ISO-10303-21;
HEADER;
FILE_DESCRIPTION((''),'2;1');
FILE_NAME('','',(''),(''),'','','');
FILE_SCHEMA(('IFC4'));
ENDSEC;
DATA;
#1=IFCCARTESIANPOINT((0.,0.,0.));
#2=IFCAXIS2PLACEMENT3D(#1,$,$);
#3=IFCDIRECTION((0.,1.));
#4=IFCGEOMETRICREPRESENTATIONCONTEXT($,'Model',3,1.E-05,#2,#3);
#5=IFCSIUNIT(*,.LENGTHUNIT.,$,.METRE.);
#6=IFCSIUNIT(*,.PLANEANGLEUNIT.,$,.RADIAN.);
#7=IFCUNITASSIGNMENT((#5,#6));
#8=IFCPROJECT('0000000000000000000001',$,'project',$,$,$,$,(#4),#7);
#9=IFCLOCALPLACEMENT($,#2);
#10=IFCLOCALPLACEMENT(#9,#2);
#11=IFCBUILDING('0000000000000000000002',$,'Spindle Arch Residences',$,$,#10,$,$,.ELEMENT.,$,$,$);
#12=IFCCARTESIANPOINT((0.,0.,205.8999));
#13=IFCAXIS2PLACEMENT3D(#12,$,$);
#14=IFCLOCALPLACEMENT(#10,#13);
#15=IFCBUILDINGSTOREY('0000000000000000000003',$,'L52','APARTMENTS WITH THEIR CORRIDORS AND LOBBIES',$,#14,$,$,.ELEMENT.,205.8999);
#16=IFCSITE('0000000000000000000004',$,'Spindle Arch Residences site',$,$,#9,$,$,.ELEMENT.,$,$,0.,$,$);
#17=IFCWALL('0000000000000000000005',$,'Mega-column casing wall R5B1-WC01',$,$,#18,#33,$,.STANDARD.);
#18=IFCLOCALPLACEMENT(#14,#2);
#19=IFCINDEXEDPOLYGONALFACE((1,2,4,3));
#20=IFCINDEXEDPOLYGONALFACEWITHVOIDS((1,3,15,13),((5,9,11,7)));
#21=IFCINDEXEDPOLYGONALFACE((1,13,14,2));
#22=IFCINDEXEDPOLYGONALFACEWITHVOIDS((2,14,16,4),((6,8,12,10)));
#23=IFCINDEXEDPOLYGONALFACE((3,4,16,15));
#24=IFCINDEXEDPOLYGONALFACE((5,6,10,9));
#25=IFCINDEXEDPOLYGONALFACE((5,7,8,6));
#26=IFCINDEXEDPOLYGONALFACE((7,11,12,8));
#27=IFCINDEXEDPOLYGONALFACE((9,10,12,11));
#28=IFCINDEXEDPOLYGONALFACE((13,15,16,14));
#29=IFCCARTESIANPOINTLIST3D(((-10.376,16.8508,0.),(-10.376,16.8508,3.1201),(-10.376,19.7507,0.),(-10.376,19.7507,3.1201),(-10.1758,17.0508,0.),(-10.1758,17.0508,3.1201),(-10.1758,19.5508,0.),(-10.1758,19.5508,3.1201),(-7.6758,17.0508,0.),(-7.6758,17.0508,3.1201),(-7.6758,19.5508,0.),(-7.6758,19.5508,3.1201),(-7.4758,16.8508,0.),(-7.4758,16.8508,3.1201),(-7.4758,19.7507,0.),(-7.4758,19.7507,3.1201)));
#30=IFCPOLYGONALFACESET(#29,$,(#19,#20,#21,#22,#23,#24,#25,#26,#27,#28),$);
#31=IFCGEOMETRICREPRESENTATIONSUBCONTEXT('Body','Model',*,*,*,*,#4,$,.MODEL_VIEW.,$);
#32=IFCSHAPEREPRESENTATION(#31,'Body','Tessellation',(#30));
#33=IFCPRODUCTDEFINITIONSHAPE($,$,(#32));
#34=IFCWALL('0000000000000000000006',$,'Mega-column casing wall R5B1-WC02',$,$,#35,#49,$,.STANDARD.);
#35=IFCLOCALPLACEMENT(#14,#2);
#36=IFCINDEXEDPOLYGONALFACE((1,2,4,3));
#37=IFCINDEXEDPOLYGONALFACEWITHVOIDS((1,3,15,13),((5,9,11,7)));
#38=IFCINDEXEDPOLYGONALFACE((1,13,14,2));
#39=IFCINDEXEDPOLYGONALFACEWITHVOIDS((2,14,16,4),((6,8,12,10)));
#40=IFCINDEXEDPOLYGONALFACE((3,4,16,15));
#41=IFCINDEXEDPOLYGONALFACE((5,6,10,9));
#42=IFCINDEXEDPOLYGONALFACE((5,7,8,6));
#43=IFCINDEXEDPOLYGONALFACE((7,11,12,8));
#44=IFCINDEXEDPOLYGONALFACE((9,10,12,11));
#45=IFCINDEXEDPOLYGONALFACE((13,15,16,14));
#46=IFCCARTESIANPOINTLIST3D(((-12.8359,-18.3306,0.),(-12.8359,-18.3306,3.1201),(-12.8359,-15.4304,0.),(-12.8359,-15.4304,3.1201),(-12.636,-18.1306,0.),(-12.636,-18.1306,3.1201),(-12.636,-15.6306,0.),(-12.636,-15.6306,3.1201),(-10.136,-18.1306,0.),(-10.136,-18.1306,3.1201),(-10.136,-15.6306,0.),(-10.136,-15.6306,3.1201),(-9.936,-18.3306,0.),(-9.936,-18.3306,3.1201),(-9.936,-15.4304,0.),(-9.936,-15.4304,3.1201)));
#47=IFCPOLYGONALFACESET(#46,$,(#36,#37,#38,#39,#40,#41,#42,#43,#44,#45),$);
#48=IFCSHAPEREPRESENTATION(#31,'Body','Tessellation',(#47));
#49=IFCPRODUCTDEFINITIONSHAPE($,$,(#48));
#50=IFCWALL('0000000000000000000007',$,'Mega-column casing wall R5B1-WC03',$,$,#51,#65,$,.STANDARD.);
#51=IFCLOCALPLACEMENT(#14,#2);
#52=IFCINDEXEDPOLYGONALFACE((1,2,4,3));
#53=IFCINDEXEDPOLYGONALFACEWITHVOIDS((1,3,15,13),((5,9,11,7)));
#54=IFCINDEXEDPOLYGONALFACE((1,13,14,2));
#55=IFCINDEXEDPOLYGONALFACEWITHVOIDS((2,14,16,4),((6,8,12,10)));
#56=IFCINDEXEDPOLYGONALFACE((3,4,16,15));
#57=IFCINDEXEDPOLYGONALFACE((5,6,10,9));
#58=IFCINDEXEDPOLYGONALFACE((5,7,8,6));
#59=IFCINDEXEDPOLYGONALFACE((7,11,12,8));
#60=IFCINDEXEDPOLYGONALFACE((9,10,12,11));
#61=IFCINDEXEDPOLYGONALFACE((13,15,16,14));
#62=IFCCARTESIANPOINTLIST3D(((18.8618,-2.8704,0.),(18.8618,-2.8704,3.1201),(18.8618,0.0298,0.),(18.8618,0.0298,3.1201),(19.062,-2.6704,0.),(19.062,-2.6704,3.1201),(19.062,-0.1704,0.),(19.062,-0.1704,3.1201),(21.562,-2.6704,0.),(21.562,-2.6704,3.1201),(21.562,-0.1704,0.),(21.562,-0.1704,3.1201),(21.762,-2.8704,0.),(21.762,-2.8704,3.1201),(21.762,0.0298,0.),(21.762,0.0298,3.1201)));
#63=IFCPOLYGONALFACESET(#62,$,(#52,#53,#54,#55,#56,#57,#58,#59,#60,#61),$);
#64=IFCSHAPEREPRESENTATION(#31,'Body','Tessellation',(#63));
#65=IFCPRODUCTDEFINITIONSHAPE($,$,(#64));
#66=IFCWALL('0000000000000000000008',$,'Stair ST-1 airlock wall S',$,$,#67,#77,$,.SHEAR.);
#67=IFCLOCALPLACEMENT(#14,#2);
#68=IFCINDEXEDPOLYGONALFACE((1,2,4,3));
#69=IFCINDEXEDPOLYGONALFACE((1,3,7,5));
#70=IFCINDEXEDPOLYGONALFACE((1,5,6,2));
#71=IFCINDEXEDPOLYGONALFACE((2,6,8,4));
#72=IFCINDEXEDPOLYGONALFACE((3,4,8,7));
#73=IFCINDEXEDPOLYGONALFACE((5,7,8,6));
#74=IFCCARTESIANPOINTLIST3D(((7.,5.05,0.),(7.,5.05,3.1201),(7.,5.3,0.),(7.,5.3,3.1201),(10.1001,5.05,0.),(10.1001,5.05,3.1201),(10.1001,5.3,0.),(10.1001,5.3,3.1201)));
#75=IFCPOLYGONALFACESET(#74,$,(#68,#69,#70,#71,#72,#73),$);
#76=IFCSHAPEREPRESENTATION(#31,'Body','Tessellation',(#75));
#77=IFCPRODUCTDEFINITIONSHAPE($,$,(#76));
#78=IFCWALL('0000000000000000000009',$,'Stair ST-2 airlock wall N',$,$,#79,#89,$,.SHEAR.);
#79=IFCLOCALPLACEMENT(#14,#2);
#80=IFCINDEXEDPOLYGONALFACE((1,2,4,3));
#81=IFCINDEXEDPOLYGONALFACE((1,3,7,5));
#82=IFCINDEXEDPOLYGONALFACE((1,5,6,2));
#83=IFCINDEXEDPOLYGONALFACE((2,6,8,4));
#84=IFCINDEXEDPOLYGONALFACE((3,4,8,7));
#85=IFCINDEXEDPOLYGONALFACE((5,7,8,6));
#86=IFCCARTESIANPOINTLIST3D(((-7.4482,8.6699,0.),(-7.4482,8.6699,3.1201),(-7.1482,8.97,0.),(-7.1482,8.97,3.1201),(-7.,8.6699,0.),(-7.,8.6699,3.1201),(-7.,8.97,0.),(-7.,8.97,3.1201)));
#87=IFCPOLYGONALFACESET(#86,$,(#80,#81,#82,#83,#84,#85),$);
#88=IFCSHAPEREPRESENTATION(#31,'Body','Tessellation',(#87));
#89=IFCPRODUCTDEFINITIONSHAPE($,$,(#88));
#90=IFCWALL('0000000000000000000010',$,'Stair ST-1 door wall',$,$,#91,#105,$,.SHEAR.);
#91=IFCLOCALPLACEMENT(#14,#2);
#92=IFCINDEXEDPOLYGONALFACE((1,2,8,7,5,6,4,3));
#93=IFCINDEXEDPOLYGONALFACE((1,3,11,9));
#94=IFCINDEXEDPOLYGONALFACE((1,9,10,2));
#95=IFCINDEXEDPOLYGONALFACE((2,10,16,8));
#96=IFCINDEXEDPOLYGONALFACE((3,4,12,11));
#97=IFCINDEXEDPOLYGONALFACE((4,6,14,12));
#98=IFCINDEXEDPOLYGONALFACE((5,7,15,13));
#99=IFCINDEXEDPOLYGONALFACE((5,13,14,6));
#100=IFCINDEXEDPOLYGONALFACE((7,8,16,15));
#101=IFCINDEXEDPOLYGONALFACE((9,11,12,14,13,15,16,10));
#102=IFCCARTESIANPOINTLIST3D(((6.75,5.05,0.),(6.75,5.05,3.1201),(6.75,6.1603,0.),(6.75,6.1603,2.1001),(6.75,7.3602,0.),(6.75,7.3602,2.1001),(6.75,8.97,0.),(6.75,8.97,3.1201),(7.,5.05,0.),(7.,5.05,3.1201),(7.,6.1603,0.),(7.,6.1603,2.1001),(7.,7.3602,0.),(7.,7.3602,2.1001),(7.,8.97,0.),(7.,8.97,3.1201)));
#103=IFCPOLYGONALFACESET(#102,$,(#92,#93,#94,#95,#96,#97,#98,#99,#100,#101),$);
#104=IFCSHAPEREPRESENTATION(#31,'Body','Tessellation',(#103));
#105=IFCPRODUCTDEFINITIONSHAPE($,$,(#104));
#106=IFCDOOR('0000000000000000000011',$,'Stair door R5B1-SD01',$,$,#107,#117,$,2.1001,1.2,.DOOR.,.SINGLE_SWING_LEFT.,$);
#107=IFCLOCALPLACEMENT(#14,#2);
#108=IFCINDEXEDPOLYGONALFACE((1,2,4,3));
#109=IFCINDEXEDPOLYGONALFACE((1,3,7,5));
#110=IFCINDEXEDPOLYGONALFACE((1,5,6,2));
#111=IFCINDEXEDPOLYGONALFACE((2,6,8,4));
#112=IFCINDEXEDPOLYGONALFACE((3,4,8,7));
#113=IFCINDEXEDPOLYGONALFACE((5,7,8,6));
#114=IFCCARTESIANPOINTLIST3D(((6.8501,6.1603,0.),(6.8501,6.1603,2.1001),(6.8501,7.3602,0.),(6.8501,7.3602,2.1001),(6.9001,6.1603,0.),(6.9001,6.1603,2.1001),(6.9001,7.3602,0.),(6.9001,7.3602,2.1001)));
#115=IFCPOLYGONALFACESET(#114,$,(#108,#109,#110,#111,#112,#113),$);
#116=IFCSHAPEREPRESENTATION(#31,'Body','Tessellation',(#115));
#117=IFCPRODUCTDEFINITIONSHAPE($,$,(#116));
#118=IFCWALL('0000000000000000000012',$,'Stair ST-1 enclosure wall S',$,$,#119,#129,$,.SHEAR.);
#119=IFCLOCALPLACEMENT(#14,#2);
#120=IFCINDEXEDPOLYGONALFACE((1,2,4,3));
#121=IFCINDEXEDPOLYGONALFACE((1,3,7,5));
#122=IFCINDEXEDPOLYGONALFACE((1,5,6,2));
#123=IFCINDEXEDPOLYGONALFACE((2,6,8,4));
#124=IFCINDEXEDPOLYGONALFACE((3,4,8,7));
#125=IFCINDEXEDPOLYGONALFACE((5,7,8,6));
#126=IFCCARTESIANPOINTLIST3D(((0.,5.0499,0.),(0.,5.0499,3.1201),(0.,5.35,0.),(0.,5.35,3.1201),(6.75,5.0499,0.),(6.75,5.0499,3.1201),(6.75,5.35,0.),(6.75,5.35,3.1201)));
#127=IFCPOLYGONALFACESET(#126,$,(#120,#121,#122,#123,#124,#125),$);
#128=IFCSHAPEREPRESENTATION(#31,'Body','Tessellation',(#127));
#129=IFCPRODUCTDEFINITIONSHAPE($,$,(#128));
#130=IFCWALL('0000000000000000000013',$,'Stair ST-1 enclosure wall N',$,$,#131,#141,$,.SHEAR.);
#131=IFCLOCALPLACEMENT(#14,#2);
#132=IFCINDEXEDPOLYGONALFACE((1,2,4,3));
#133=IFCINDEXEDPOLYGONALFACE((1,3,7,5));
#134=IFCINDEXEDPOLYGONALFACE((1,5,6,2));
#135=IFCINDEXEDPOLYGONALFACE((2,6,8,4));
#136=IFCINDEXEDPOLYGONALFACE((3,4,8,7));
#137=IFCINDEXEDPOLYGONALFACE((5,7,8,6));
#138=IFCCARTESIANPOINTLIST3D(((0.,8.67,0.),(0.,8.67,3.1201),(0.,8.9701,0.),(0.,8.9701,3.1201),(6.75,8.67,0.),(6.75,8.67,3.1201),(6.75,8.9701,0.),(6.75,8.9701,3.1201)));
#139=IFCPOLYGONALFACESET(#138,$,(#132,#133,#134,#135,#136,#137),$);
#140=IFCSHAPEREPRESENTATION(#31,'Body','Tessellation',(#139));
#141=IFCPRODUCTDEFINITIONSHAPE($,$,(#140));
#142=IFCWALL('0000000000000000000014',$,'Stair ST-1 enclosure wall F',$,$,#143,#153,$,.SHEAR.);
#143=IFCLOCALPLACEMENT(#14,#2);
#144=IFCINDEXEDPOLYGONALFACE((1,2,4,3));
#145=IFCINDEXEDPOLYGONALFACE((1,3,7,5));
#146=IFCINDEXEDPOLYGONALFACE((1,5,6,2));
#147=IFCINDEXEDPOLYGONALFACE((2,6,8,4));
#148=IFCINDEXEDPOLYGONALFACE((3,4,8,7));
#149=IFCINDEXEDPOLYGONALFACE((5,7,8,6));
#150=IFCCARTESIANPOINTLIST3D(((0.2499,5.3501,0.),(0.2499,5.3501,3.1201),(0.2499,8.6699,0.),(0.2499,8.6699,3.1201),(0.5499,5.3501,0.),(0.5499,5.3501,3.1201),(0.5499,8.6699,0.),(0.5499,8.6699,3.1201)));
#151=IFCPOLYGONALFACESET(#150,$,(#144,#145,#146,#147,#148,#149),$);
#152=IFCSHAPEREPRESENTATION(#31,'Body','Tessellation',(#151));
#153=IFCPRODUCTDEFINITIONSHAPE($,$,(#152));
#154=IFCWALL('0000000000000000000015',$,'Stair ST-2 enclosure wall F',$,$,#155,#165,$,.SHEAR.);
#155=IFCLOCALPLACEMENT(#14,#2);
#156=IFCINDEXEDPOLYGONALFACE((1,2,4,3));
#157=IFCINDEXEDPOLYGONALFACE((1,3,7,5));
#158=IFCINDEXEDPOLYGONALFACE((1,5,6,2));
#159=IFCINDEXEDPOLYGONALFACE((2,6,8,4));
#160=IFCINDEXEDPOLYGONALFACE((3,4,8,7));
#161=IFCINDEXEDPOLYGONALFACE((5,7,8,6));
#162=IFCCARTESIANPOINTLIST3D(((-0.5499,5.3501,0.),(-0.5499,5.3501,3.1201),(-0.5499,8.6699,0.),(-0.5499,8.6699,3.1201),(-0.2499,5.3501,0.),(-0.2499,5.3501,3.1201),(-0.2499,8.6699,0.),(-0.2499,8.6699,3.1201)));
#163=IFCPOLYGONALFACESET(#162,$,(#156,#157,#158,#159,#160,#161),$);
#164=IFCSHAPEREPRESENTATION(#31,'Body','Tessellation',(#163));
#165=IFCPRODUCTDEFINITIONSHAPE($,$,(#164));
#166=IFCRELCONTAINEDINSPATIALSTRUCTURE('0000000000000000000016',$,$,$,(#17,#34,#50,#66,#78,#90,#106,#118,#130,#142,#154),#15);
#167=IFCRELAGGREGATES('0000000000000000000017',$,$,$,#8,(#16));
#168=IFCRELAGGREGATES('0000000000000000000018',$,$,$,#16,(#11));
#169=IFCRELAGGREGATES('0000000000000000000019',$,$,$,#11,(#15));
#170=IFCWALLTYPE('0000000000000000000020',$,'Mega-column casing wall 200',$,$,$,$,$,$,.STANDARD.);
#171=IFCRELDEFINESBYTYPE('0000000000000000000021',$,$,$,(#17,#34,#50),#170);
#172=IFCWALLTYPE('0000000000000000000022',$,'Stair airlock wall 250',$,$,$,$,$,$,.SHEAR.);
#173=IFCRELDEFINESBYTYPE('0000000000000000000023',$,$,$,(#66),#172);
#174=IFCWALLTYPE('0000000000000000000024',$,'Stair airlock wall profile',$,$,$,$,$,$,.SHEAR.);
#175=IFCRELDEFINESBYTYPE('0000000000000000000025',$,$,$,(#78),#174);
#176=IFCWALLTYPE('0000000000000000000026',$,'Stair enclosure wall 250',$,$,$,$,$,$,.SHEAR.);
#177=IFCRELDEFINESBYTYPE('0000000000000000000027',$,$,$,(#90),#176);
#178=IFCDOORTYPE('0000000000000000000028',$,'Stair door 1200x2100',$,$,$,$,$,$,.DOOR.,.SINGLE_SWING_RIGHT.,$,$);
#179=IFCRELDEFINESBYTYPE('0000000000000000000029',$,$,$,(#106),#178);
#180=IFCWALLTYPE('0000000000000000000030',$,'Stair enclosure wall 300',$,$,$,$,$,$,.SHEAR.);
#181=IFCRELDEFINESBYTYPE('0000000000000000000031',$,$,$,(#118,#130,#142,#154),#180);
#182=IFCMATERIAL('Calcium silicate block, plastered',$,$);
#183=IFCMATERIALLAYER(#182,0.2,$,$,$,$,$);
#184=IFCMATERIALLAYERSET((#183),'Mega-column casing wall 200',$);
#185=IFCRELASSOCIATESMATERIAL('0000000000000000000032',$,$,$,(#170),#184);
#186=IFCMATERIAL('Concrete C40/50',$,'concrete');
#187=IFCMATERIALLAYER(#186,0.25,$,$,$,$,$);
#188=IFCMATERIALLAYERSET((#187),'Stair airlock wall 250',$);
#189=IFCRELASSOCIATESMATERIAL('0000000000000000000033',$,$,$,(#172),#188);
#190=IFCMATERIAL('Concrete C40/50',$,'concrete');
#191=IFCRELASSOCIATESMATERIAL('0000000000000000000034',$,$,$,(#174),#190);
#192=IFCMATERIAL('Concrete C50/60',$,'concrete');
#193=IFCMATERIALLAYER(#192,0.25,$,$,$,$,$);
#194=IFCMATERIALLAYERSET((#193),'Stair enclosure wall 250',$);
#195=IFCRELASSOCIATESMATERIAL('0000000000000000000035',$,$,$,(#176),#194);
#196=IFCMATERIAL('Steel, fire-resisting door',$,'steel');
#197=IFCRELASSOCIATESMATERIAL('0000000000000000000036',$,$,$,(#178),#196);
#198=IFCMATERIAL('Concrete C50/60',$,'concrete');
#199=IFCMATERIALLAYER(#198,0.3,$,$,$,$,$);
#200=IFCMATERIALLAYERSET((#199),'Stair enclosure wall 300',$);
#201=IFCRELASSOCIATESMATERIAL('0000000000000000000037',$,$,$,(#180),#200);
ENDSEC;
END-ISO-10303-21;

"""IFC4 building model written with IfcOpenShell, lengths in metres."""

from ifc_helpers import new_model, si_unit, direction, frame, frame_2d, origin, place, context, subcontext, project, spatial, polyline, rectangle, outline, extrude, material, layer, layer_set, type_object, element, fill, save


model = new_model("IFC4")

# Units and contexts
model_context = context("Model", 3, precision=1e-05, world=origin(), true_north=direction((0.0, 1.0)))
body_context = subcontext(model_context, "Body", "Model", "MODEL_VIEW")
ifc_project = project(units=[si_unit("LENGTHUNIT", "METRE"), si_unit("PLANEANGLEUNIT", "RADIAN")], contexts=[model_context])

# Site, building, storey
site_placement = place(None, origin())
site = spatial("IfcSite", under=ifc_project, at=site_placement, Name="Spindle Arch Residences site", CompositionType="ELEMENT", RefElevation=0.0)
building_placement = place(site_placement, origin())
building = spatial("IfcBuilding", under=site, at=building_placement, Name="Spindle Arch Residences", CompositionType="ELEMENT")
storey_placement = place(building_placement, frame((0.0, 0.0, 205.8999)))
storey = spatial("IfcBuildingStorey", under=building, at=storey_placement, Name="L52", Description="APARTMENTS WITH THEIR CORRIDORS AND LOBBIES", CompositionType="ELEMENT", Elevation=205.8999)

# Walls
ifc_material_1 = material(Name="Calcium silicate block, plastered")
ifc_layer_1 = layer(ifc_material_1, 0.2)
ifc_layer_set_1 = layer_set([ifc_layer_1], Name="Mega-column casing wall 200")
wall_type_1 = type_object("IfcWallType", Name="Mega-column casing wall 200", PredefinedType="STANDARD", material=ifc_layer_set_1)
wall_1_placement = place(storey_placement, origin())
element("IfcWall", 1, at=wall_1_placement, inside=storey, type_object=wall_type_1, Name="Mega-column casing wall R5B1-WC01", PredefinedType="STANDARD", context=body_context, shape_type="SweptSolid", body=[
    extrude(outline(polyline([(-7.4758, 19.7507), (-7.4758, 16.8508), (-10.376, 16.8508), (-10.376, 19.7507), (-7.4758, 19.7507)]), holes=[polyline([(-10.1758, 17.0508), (-7.6758, 17.0508), (-7.6758, 19.5508), (-10.1758, 19.5508), (-10.1758, 17.0508)])]), origin(), (0.0, 0.0, 1.0), 3.1201),
])
wall_2_placement = place(storey_placement, origin())
element("IfcWall", 2, at=wall_2_placement, inside=storey, type_object=wall_type_1, Name="Mega-column casing wall R5B1-WC02", PredefinedType="STANDARD", context=body_context, shape_type="SweptSolid", body=[
    extrude(outline(polyline([(-9.936, -15.4304), (-9.936, -18.3306), (-12.8359, -18.3306), (-12.8359, -15.4304), (-9.936, -15.4304)]), holes=[polyline([(-12.636, -18.1306), (-10.136, -18.1306), (-10.136, -15.6306), (-12.636, -15.6306), (-12.636, -18.1306)])]), origin(), (0.0, 0.0, 1.0), 3.1201),
])
wall_3_placement = place(storey_placement, origin())
element("IfcWall", 3, at=wall_3_placement, inside=storey, type_object=wall_type_1, Name="Mega-column casing wall R5B1-WC03", PredefinedType="STANDARD", context=body_context, shape_type="SweptSolid", body=[
    extrude(outline(polyline([(21.762, 0.0298), (21.762, -2.8704), (18.8618, -2.8704), (18.8618, 0.0298), (21.762, 0.0298)]), holes=[polyline([(19.062, -2.6704), (21.562, -2.6704), (21.562, -0.1704), (19.062, -0.1704), (19.062, -2.6704)])]), origin(), (0.0, 0.0, 1.0), 3.1201),
])
ifc_material_2 = material(Name="Concrete C40/50", Category="concrete")
ifc_layer_2 = layer(ifc_material_2, 0.25)
ifc_layer_set_2 = layer_set([ifc_layer_2], Name="Stair airlock wall 250")
wall_type_2 = type_object("IfcWallType", Name="Stair airlock wall 250", PredefinedType="SHEAR", material=ifc_layer_set_2)
wall_4_placement = place(storey_placement, frame((7.0, 5.175, 0.0), z_axis=(0.0, 0.0, 1.0), x_axis=(1.0, 0.0, 0.0)))
element("IfcWall", 4, at=wall_4_placement, inside=storey, type_object=wall_type_2, Name="Stair ST-1 airlock wall S", PredefinedType="SHEAR", context=body_context, shape_type="SweptSolid", body=[
    extrude(rectangle(XDim=3.1001, YDim=0.25, at=frame_2d((1.55, 0.0))), origin(), (0.0, 0.0, 1.0), 3.1201),
])
ifc_material_3 = material(Name="Concrete C40/50", Category="concrete")
wall_type_3 = type_object("IfcWallType", Name="Stair airlock wall profile", PredefinedType="SHEAR", material=ifc_material_3)
wall_5_placement = place(storey_placement, origin())
element("IfcWall", 5, at=wall_5_placement, inside=storey, type_object=wall_type_3, Name="Stair ST-2 airlock wall N", PredefinedType="SHEAR", context=body_context, shape_type="SweptSolid", body=[
    extrude(outline(polyline([(-7.1482, 8.97), (-7.0, 8.97), (-7.0, 8.6699), (-7.4482, 8.6699), (-7.1482, 8.97)])), origin(), (0.0, 0.0, 1.0), 3.1201),
])

# Wall, opening, door
ifc_material_4 = material(Name="Concrete C50/60", Category="concrete")
ifc_layer_3 = layer(ifc_material_4, 0.25)
ifc_layer_set_3 = layer_set([ifc_layer_3], Name="Stair enclosure wall 250")
wall_type_4 = type_object("IfcWallType", Name="Stair enclosure wall 250", PredefinedType="SHEAR", material=ifc_layer_set_3)
wall_6_placement = place(storey_placement, frame((6.875, 5.05, 0.0), z_axis=(0.0, 0.0, 1.0), x_axis=(0.0, 1.0, 0.0)))
wall_6 = element("IfcWall", 6, at=wall_6_placement, inside=storey, type_object=wall_type_4, Name="Stair ST-1 door wall", PredefinedType="SHEAR", context=body_context, shape_type="SweptSolid", body=[
    extrude(rectangle(XDim=3.9199, YDim=0.25, at=frame_2d((1.96, 0.0))), origin(), (0.0, 0.0, 1.0), 3.1201),
])
opening_1_placement = place(wall_6_placement, frame((1.1101, 0.0, 0.0)))
opening_1 = element("IfcOpeningElement", 7, at=opening_1_placement, cuts=wall_6, PredefinedType="OPENING", context=body_context, shape_type="SweptSolid", body=[
    extrude(rectangle(XDim=1.2, YDim=2.1001, at=frame_2d((0.6001, 1.05))), frame((0.0, 0.135, 0.0), z_axis=(0.0, -1.0, 0.0), x_axis=(1.0, 0.0, 0.0)), (0.0, 0.0, 1.0), 0.27),
])
ifc_material_5 = material(Name="Steel, fire-resisting door", Category="steel")
door_type_1 = type_object("IfcDoorType", Name="Stair door 1200x2100", OperationType="SINGLE_SWING_RIGHT", PredefinedType="DOOR", material=ifc_material_5)
door_1_placement = place(opening_1_placement, origin())
door_1 = element("IfcDoor", 8, at=door_1_placement, inside=storey, type_object=door_type_1, Name="Stair door R5B1-SD01", OperationType="SINGLE_SWING_LEFT", OverallHeight=2.1001, OverallWidth=1.2, PredefinedType="DOOR", context=body_context, shape_type="SweptSolid", body=[
    extrude(rectangle(XDim=1.2, YDim=2.1001, at=frame_2d((0.6001, 1.05))), frame((0.0, 0.0249, 0.0), z_axis=(0.0, -1.0, 0.0), x_axis=(1.0, 0.0, 0.0)), (0.0, 0.0, 1.0), 0.05),
])
fill(opening_1, door_1)

# Walls
ifc_material_6 = material(Name="Concrete C50/60", Category="concrete")
ifc_layer_4 = layer(ifc_material_6, 0.3)
ifc_layer_set_4 = layer_set([ifc_layer_4], Name="Stair enclosure wall 300")
wall_type_5 = type_object("IfcWallType", Name="Stair enclosure wall 300", PredefinedType="SHEAR", material=ifc_layer_set_4)
for number, where, z_axis, x_axis, name in (
    (9, (0.0, 5.2, 0.0), (0.0, 0.0, 1.0), (1.0, 0.0, 0.0), "Stair ST-1 enclosure wall S"),
    (10, (0.0, 8.8201, 0.0), (0.0, 0.0, 1.0), (1.0, 0.0, 0.0), "Stair ST-1 enclosure wall N"),
):
    element("IfcWall", number, at=place(storey_placement, frame(where, z_axis=z_axis, x_axis=x_axis)), inside=storey, type_object=wall_type_5, Name=name, PredefinedType="SHEAR", context=body_context, shape_type="SweptSolid", body=[
        extrude(rectangle(XDim=6.75, YDim=0.3, at=frame_2d((3.375, 0.0))), origin(), (0.0, 0.0, 1.0), 3.1201),
    ])
for number, where, z_axis, x_axis, name in (
    (11, (0.3999, 5.3501, 0.0), (0.0, 0.0, 1.0), (0.0, 1.0, 0.0), "Stair ST-1 enclosure wall F"),
    (12, (-0.3999, 5.3501, 0.0), (0.0, 0.0, 1.0), (0.0, 1.0, 0.0), "Stair ST-2 enclosure wall F"),
):
    element("IfcWall", number, at=place(storey_placement, frame(where, z_axis=z_axis, x_axis=x_axis)), inside=storey, type_object=wall_type_5, Name=name, PredefinedType="SHEAR", context=body_context, shape_type="SweptSolid", body=[
        extrude(rectangle(XDim=3.3198, YDim=0.3, at=frame_2d((1.6599, 0.0))), origin(), (0.0, 0.0, 1.0), 3.1201),
    ])

save(model, "model.ifc")
